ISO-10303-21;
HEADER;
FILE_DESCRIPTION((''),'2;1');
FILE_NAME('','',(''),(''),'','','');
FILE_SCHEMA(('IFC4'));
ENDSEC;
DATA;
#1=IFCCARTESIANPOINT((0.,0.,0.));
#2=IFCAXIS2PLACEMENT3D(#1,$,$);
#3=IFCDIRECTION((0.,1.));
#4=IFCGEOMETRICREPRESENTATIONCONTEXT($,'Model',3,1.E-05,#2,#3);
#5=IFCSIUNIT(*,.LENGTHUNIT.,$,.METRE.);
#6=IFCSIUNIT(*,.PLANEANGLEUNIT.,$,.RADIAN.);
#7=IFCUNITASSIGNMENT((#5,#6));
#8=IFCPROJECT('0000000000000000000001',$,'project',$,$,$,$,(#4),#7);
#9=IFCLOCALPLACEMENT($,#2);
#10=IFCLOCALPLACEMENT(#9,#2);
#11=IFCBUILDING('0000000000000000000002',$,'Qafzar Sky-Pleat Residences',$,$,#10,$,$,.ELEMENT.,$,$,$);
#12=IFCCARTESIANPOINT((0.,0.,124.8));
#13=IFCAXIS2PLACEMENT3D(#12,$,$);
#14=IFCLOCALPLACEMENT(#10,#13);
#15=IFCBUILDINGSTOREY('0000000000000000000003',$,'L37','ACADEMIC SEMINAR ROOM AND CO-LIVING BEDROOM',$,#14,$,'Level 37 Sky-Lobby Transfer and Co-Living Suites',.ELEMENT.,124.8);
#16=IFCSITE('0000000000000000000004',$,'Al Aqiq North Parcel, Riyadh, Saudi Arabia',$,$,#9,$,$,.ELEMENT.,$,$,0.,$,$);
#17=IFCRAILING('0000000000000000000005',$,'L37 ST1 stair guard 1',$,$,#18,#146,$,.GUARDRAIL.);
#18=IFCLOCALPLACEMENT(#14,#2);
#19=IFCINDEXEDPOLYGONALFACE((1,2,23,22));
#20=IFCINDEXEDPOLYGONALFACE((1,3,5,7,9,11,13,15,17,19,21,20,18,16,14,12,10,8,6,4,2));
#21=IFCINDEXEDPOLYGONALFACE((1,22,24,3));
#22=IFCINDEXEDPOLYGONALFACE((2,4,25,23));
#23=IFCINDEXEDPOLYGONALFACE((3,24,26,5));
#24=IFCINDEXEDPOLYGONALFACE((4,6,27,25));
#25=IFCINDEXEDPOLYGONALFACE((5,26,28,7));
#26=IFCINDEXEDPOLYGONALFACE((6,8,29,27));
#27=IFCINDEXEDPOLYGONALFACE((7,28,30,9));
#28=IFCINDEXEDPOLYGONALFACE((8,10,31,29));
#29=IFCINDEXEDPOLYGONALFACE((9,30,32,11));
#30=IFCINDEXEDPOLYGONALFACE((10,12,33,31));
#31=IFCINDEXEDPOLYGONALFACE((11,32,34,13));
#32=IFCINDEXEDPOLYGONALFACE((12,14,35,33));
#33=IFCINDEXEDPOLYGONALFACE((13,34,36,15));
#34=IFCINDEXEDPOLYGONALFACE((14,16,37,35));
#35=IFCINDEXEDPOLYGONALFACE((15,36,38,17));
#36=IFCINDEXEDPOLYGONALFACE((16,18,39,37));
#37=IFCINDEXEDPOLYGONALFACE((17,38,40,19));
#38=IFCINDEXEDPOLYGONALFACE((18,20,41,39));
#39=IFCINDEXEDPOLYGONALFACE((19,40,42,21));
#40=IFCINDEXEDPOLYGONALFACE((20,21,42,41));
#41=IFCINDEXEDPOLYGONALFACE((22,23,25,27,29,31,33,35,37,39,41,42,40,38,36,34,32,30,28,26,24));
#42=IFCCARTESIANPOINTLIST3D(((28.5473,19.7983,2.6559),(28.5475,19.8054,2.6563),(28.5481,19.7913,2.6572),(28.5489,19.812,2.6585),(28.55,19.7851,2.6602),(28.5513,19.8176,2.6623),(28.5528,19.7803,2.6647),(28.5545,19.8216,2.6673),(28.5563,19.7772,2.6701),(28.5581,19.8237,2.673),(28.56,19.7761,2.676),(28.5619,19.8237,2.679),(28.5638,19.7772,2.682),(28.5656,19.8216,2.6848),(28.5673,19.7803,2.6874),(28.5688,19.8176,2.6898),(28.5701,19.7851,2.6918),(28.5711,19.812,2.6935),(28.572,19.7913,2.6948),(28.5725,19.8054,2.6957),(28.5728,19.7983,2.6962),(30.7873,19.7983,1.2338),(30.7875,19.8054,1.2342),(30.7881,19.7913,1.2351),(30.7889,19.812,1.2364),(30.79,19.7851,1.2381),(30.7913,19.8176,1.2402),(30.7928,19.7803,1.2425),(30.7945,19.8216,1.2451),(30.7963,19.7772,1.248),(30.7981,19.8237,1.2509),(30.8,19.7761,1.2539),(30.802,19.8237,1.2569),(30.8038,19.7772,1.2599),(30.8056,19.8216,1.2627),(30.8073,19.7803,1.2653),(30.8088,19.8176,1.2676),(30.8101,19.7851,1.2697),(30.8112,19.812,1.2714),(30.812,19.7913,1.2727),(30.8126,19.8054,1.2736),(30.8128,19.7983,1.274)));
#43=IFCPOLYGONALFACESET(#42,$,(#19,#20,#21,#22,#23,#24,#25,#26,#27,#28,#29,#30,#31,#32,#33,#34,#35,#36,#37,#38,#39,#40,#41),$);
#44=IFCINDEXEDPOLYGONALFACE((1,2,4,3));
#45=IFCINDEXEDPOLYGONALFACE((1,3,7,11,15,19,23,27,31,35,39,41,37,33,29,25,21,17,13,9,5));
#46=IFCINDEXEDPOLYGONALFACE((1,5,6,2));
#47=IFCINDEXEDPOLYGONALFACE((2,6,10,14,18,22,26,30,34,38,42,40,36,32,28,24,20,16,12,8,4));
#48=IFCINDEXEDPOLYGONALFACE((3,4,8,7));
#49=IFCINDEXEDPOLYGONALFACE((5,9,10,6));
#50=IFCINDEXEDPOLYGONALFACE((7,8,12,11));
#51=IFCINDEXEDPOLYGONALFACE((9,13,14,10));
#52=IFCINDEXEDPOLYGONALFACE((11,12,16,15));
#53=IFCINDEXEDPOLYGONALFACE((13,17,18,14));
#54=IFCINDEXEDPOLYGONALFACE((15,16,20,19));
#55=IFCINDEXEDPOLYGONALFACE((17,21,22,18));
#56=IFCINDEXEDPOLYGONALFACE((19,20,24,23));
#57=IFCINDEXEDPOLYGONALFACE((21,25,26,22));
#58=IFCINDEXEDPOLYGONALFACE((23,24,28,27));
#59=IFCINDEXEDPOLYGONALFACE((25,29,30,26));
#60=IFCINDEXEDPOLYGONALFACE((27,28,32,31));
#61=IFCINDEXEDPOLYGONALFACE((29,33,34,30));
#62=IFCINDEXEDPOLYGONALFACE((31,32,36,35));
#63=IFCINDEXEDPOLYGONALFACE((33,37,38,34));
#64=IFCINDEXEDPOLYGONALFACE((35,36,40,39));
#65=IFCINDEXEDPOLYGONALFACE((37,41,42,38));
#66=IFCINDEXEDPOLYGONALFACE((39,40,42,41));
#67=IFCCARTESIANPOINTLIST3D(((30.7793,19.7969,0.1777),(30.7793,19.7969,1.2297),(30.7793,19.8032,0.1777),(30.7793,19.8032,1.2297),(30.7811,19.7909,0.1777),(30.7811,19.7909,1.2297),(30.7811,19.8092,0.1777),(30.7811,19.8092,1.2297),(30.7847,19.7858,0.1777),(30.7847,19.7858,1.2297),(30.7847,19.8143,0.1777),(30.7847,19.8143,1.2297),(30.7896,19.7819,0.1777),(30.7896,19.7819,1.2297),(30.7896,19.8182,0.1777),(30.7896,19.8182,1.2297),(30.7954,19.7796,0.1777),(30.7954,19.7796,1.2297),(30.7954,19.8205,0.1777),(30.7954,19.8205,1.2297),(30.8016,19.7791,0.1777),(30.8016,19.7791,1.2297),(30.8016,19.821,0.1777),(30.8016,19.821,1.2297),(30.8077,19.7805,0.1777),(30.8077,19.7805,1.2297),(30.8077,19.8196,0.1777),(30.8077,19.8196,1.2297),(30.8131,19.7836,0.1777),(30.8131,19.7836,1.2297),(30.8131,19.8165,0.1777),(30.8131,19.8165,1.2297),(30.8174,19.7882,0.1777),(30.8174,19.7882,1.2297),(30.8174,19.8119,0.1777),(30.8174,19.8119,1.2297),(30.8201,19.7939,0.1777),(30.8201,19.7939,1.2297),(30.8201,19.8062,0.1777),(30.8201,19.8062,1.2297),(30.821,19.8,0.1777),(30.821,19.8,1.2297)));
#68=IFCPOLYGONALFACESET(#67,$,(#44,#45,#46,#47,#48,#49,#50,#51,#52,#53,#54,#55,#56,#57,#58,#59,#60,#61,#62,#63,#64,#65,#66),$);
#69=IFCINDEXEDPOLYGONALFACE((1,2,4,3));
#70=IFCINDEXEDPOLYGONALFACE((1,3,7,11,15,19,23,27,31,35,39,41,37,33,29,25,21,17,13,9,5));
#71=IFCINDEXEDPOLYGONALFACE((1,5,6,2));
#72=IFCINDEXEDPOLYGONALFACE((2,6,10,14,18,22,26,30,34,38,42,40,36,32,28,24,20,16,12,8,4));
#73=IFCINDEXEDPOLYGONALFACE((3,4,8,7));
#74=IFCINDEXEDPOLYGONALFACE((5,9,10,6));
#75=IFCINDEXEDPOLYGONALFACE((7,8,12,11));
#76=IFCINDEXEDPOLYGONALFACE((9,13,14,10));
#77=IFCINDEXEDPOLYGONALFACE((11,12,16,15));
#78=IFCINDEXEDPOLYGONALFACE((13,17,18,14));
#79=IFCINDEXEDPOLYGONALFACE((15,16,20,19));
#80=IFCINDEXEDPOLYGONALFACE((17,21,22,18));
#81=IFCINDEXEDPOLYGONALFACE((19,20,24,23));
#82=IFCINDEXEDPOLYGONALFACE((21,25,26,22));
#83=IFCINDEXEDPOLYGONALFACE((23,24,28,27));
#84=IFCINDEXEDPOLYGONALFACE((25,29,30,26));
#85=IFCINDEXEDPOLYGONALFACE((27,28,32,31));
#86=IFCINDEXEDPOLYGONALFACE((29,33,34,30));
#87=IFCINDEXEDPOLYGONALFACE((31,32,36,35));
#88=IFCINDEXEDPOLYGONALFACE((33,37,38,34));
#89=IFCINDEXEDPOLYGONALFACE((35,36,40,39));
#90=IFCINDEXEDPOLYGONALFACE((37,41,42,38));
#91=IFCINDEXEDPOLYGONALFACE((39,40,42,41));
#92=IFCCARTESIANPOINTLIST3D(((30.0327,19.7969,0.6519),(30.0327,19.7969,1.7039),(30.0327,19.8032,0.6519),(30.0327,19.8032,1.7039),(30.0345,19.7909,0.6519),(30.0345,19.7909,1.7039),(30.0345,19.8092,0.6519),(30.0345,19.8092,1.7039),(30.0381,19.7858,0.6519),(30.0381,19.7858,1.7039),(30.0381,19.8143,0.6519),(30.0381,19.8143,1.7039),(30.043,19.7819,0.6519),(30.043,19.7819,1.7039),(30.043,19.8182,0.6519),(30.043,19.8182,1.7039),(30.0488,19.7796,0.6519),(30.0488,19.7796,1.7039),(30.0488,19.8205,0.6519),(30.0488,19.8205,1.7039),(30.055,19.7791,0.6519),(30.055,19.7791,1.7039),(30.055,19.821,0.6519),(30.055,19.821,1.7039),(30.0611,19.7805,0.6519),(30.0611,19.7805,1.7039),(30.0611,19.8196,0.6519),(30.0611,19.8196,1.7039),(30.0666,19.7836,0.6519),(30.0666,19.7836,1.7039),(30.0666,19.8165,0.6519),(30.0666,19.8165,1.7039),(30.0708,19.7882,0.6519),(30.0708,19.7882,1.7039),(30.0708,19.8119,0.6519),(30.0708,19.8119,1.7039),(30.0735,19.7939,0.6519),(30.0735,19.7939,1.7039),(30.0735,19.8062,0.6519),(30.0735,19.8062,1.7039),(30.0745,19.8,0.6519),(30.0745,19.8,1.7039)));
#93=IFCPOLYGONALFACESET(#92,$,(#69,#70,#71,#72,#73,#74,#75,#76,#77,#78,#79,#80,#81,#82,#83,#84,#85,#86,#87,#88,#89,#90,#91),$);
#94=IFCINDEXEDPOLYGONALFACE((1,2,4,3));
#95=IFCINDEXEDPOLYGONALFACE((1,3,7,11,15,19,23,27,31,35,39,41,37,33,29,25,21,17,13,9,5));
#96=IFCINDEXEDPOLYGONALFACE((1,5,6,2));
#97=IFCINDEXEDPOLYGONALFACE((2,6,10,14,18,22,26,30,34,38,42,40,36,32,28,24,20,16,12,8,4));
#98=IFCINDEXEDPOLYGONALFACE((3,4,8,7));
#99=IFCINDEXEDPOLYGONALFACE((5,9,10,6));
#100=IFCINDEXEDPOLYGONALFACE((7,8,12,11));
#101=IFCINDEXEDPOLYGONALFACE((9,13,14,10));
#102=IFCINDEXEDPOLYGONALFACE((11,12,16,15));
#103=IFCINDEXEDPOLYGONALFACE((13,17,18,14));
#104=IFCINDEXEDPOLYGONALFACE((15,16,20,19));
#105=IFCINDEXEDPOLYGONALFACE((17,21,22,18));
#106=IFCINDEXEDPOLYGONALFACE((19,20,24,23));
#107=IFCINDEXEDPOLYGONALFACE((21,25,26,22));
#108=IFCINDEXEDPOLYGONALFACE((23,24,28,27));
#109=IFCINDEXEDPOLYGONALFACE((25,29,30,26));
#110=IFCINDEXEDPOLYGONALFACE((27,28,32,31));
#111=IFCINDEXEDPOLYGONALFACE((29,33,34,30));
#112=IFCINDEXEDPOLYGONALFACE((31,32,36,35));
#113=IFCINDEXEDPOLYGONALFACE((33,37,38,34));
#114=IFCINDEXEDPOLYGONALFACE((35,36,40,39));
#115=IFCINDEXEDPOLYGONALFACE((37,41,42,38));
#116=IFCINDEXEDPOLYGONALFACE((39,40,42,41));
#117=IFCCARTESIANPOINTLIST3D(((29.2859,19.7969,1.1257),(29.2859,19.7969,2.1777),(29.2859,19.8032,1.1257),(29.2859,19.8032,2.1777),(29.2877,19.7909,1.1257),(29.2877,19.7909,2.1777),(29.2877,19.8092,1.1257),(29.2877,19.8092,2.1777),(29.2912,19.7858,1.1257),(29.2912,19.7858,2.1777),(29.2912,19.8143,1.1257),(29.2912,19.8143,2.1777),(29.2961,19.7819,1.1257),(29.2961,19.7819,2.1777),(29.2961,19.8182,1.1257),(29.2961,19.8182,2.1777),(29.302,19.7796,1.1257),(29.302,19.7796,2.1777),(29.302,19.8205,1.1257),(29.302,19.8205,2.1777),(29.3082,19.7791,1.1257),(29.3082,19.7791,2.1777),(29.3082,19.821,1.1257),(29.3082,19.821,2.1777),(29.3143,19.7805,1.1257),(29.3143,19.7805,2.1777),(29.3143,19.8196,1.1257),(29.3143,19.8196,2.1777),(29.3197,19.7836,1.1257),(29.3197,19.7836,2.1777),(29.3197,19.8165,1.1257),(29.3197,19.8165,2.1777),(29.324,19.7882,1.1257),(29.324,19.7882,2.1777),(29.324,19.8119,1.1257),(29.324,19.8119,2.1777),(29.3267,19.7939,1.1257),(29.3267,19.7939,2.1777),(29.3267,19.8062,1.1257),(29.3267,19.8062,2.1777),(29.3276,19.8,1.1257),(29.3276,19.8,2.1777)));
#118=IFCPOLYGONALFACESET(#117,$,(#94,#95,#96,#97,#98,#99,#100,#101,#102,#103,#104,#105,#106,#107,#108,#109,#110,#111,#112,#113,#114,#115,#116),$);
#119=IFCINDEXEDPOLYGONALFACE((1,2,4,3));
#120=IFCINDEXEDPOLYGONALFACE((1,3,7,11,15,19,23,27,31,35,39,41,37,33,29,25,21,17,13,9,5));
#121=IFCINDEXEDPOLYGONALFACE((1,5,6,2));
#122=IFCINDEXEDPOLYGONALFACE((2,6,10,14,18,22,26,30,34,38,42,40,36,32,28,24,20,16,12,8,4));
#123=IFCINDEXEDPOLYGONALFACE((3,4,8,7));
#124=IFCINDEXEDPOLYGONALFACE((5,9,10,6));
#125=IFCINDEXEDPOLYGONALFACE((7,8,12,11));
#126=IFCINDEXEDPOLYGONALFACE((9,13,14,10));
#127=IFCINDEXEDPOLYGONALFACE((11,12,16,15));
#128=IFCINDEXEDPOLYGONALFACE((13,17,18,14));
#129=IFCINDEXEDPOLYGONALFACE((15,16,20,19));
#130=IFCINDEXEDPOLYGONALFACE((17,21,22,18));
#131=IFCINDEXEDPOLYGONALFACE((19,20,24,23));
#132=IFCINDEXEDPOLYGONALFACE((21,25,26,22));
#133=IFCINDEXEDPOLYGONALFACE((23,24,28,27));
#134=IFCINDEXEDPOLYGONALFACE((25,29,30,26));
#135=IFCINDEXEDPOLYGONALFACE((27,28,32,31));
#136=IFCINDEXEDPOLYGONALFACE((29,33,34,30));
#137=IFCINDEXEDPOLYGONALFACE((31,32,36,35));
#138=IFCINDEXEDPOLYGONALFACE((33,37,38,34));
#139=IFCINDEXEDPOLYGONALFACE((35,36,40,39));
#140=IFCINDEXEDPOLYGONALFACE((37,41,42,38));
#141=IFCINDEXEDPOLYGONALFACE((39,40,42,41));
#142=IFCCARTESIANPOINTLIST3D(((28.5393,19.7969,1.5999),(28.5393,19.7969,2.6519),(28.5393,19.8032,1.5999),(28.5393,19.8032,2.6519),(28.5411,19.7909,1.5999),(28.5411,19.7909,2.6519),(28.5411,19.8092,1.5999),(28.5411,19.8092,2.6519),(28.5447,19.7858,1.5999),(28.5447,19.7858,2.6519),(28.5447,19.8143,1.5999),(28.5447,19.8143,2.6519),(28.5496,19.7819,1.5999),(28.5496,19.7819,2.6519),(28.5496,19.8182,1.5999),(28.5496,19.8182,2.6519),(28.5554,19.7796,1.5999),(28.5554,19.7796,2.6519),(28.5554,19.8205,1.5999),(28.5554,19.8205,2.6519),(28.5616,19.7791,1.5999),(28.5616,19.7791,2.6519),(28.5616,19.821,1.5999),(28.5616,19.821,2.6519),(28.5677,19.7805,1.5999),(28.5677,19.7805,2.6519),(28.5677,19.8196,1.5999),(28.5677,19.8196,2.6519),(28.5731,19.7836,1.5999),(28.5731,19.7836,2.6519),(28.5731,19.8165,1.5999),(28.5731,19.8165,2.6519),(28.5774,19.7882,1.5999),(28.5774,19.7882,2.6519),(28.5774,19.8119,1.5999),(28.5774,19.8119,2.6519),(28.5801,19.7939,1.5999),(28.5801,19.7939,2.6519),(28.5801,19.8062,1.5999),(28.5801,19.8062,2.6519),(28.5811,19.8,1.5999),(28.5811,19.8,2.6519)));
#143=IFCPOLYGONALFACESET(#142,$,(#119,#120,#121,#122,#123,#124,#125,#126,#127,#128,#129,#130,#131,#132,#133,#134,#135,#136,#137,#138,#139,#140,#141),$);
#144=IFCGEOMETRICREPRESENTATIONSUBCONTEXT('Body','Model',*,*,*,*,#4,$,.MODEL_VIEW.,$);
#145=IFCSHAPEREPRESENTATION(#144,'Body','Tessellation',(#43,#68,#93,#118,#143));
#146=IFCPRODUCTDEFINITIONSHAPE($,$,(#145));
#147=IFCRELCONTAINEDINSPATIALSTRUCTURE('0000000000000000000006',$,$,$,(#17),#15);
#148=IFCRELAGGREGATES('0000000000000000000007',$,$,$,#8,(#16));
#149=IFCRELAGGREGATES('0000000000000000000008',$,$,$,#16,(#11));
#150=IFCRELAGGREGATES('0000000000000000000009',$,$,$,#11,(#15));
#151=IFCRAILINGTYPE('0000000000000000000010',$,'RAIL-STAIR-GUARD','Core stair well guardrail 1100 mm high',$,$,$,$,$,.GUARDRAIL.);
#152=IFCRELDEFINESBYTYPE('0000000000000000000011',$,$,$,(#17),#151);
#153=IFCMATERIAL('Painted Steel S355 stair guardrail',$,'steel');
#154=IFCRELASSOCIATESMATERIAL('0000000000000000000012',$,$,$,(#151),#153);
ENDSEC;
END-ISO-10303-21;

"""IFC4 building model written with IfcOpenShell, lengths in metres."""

from ifc_helpers import new_model, si_unit, direction, frame, origin, origin_2d, place, context, subcontext, project, spatial, circle, extrude, source, transform, mapped, material, type_object, element, save


model = new_model("IFC4")

# Units and contexts
model_context = context("Model", 3, precision=1e-05, world=origin(), true_north=direction((0.0, 1.0)))
body_context = subcontext(model_context, "Body", "Model", "MODEL_VIEW")
ifc_project = project(units=[si_unit("LENGTHUNIT", "METRE"), si_unit("PLANEANGLEUNIT", "RADIAN")], contexts=[model_context])

# Site, building, storey
site_placement = place(None, origin())
site = spatial("IfcSite", under=ifc_project, at=site_placement, Name="Al Aqiq North Parcel, Riyadh, Saudi Arabia", CompositionType="ELEMENT", RefElevation=0.0)
building_placement = place(site_placement, origin())
building = spatial("IfcBuilding", under=site, at=building_placement, Name="Qafzar Sky-Pleat Residences", CompositionType="ELEMENT")
storey_placement = place(building_placement, frame((0.0, 0.0, 124.8)))
storey = spatial("IfcBuildingStorey", under=building, at=storey_placement, Name="L37", Description="ACADEMIC SEMINAR ROOM AND CO-LIVING BEDROOM", LongName="Level 37 Sky-Lobby Transfer and Co-Living Suites", CompositionType="ELEMENT", Elevation=124.8)

# Railing
ifc_material_1 = material(Name="Painted Steel S355 stair guardrail", Category="steel")
railing_type_1 = type_object("IfcRailingType", Name="RAIL-STAIR-GUARD", Description="Core stair well guardrail 1100 mm high", PredefinedType="GUARDRAIL", material=ifc_material_1)
shared_shape_1 = source(origin(), body_context, "Body", "SweptSolid", [
    extrude(circle(Radius=0.0239, at=origin_2d()), frame((0.0, 0.0, 1.0762), z_axis=(-0.844229, 0.0, 0.535982), x_axis=(0.0, -1.0, 0.0)), (0.0, 0.0, 1.0), 2.6533),
    extrude(circle(Radius=0.021, at=origin_2d()), origin(), (0.0, 0.0, 1.0), 1.052),
    extrude(circle(Radius=0.021, at=origin_2d()), frame((-0.7466, 0.0, 0.4741)), (0.0, 0.0, 1.0), 1.052),
    extrude(circle(Radius=0.021, at=origin_2d()), frame((-1.4934, 0.0, 0.948)), (0.0, 0.0, 1.0), 1.052),
    extrude(circle(Radius=0.021, at=origin_2d()), frame((-2.24, 0.0, 1.4221)), (0.0, 0.0, 1.0), 1.052),
])
railing_1_placement = place(storey_placement, frame((30.8, 19.8, 0.1777)))
element("IfcRailing", 1, at=railing_1_placement, inside=storey, type_object=railing_type_1, Name="L37 ST1 stair guard 1", PredefinedType="GUARDRAIL", context=body_context, shape_type="MappedRepresentation", body=[
    mapped(shared_shape_1, transform((0.0, 0.0, 0.0), x_axis=(1.0, 0.0, 0.0), y_axis=(0.0, 1.0, 0.0), z_axis=(0.0, 0.0, 1.0), scale=1.0)),
])

save(model, "model.ifc")
